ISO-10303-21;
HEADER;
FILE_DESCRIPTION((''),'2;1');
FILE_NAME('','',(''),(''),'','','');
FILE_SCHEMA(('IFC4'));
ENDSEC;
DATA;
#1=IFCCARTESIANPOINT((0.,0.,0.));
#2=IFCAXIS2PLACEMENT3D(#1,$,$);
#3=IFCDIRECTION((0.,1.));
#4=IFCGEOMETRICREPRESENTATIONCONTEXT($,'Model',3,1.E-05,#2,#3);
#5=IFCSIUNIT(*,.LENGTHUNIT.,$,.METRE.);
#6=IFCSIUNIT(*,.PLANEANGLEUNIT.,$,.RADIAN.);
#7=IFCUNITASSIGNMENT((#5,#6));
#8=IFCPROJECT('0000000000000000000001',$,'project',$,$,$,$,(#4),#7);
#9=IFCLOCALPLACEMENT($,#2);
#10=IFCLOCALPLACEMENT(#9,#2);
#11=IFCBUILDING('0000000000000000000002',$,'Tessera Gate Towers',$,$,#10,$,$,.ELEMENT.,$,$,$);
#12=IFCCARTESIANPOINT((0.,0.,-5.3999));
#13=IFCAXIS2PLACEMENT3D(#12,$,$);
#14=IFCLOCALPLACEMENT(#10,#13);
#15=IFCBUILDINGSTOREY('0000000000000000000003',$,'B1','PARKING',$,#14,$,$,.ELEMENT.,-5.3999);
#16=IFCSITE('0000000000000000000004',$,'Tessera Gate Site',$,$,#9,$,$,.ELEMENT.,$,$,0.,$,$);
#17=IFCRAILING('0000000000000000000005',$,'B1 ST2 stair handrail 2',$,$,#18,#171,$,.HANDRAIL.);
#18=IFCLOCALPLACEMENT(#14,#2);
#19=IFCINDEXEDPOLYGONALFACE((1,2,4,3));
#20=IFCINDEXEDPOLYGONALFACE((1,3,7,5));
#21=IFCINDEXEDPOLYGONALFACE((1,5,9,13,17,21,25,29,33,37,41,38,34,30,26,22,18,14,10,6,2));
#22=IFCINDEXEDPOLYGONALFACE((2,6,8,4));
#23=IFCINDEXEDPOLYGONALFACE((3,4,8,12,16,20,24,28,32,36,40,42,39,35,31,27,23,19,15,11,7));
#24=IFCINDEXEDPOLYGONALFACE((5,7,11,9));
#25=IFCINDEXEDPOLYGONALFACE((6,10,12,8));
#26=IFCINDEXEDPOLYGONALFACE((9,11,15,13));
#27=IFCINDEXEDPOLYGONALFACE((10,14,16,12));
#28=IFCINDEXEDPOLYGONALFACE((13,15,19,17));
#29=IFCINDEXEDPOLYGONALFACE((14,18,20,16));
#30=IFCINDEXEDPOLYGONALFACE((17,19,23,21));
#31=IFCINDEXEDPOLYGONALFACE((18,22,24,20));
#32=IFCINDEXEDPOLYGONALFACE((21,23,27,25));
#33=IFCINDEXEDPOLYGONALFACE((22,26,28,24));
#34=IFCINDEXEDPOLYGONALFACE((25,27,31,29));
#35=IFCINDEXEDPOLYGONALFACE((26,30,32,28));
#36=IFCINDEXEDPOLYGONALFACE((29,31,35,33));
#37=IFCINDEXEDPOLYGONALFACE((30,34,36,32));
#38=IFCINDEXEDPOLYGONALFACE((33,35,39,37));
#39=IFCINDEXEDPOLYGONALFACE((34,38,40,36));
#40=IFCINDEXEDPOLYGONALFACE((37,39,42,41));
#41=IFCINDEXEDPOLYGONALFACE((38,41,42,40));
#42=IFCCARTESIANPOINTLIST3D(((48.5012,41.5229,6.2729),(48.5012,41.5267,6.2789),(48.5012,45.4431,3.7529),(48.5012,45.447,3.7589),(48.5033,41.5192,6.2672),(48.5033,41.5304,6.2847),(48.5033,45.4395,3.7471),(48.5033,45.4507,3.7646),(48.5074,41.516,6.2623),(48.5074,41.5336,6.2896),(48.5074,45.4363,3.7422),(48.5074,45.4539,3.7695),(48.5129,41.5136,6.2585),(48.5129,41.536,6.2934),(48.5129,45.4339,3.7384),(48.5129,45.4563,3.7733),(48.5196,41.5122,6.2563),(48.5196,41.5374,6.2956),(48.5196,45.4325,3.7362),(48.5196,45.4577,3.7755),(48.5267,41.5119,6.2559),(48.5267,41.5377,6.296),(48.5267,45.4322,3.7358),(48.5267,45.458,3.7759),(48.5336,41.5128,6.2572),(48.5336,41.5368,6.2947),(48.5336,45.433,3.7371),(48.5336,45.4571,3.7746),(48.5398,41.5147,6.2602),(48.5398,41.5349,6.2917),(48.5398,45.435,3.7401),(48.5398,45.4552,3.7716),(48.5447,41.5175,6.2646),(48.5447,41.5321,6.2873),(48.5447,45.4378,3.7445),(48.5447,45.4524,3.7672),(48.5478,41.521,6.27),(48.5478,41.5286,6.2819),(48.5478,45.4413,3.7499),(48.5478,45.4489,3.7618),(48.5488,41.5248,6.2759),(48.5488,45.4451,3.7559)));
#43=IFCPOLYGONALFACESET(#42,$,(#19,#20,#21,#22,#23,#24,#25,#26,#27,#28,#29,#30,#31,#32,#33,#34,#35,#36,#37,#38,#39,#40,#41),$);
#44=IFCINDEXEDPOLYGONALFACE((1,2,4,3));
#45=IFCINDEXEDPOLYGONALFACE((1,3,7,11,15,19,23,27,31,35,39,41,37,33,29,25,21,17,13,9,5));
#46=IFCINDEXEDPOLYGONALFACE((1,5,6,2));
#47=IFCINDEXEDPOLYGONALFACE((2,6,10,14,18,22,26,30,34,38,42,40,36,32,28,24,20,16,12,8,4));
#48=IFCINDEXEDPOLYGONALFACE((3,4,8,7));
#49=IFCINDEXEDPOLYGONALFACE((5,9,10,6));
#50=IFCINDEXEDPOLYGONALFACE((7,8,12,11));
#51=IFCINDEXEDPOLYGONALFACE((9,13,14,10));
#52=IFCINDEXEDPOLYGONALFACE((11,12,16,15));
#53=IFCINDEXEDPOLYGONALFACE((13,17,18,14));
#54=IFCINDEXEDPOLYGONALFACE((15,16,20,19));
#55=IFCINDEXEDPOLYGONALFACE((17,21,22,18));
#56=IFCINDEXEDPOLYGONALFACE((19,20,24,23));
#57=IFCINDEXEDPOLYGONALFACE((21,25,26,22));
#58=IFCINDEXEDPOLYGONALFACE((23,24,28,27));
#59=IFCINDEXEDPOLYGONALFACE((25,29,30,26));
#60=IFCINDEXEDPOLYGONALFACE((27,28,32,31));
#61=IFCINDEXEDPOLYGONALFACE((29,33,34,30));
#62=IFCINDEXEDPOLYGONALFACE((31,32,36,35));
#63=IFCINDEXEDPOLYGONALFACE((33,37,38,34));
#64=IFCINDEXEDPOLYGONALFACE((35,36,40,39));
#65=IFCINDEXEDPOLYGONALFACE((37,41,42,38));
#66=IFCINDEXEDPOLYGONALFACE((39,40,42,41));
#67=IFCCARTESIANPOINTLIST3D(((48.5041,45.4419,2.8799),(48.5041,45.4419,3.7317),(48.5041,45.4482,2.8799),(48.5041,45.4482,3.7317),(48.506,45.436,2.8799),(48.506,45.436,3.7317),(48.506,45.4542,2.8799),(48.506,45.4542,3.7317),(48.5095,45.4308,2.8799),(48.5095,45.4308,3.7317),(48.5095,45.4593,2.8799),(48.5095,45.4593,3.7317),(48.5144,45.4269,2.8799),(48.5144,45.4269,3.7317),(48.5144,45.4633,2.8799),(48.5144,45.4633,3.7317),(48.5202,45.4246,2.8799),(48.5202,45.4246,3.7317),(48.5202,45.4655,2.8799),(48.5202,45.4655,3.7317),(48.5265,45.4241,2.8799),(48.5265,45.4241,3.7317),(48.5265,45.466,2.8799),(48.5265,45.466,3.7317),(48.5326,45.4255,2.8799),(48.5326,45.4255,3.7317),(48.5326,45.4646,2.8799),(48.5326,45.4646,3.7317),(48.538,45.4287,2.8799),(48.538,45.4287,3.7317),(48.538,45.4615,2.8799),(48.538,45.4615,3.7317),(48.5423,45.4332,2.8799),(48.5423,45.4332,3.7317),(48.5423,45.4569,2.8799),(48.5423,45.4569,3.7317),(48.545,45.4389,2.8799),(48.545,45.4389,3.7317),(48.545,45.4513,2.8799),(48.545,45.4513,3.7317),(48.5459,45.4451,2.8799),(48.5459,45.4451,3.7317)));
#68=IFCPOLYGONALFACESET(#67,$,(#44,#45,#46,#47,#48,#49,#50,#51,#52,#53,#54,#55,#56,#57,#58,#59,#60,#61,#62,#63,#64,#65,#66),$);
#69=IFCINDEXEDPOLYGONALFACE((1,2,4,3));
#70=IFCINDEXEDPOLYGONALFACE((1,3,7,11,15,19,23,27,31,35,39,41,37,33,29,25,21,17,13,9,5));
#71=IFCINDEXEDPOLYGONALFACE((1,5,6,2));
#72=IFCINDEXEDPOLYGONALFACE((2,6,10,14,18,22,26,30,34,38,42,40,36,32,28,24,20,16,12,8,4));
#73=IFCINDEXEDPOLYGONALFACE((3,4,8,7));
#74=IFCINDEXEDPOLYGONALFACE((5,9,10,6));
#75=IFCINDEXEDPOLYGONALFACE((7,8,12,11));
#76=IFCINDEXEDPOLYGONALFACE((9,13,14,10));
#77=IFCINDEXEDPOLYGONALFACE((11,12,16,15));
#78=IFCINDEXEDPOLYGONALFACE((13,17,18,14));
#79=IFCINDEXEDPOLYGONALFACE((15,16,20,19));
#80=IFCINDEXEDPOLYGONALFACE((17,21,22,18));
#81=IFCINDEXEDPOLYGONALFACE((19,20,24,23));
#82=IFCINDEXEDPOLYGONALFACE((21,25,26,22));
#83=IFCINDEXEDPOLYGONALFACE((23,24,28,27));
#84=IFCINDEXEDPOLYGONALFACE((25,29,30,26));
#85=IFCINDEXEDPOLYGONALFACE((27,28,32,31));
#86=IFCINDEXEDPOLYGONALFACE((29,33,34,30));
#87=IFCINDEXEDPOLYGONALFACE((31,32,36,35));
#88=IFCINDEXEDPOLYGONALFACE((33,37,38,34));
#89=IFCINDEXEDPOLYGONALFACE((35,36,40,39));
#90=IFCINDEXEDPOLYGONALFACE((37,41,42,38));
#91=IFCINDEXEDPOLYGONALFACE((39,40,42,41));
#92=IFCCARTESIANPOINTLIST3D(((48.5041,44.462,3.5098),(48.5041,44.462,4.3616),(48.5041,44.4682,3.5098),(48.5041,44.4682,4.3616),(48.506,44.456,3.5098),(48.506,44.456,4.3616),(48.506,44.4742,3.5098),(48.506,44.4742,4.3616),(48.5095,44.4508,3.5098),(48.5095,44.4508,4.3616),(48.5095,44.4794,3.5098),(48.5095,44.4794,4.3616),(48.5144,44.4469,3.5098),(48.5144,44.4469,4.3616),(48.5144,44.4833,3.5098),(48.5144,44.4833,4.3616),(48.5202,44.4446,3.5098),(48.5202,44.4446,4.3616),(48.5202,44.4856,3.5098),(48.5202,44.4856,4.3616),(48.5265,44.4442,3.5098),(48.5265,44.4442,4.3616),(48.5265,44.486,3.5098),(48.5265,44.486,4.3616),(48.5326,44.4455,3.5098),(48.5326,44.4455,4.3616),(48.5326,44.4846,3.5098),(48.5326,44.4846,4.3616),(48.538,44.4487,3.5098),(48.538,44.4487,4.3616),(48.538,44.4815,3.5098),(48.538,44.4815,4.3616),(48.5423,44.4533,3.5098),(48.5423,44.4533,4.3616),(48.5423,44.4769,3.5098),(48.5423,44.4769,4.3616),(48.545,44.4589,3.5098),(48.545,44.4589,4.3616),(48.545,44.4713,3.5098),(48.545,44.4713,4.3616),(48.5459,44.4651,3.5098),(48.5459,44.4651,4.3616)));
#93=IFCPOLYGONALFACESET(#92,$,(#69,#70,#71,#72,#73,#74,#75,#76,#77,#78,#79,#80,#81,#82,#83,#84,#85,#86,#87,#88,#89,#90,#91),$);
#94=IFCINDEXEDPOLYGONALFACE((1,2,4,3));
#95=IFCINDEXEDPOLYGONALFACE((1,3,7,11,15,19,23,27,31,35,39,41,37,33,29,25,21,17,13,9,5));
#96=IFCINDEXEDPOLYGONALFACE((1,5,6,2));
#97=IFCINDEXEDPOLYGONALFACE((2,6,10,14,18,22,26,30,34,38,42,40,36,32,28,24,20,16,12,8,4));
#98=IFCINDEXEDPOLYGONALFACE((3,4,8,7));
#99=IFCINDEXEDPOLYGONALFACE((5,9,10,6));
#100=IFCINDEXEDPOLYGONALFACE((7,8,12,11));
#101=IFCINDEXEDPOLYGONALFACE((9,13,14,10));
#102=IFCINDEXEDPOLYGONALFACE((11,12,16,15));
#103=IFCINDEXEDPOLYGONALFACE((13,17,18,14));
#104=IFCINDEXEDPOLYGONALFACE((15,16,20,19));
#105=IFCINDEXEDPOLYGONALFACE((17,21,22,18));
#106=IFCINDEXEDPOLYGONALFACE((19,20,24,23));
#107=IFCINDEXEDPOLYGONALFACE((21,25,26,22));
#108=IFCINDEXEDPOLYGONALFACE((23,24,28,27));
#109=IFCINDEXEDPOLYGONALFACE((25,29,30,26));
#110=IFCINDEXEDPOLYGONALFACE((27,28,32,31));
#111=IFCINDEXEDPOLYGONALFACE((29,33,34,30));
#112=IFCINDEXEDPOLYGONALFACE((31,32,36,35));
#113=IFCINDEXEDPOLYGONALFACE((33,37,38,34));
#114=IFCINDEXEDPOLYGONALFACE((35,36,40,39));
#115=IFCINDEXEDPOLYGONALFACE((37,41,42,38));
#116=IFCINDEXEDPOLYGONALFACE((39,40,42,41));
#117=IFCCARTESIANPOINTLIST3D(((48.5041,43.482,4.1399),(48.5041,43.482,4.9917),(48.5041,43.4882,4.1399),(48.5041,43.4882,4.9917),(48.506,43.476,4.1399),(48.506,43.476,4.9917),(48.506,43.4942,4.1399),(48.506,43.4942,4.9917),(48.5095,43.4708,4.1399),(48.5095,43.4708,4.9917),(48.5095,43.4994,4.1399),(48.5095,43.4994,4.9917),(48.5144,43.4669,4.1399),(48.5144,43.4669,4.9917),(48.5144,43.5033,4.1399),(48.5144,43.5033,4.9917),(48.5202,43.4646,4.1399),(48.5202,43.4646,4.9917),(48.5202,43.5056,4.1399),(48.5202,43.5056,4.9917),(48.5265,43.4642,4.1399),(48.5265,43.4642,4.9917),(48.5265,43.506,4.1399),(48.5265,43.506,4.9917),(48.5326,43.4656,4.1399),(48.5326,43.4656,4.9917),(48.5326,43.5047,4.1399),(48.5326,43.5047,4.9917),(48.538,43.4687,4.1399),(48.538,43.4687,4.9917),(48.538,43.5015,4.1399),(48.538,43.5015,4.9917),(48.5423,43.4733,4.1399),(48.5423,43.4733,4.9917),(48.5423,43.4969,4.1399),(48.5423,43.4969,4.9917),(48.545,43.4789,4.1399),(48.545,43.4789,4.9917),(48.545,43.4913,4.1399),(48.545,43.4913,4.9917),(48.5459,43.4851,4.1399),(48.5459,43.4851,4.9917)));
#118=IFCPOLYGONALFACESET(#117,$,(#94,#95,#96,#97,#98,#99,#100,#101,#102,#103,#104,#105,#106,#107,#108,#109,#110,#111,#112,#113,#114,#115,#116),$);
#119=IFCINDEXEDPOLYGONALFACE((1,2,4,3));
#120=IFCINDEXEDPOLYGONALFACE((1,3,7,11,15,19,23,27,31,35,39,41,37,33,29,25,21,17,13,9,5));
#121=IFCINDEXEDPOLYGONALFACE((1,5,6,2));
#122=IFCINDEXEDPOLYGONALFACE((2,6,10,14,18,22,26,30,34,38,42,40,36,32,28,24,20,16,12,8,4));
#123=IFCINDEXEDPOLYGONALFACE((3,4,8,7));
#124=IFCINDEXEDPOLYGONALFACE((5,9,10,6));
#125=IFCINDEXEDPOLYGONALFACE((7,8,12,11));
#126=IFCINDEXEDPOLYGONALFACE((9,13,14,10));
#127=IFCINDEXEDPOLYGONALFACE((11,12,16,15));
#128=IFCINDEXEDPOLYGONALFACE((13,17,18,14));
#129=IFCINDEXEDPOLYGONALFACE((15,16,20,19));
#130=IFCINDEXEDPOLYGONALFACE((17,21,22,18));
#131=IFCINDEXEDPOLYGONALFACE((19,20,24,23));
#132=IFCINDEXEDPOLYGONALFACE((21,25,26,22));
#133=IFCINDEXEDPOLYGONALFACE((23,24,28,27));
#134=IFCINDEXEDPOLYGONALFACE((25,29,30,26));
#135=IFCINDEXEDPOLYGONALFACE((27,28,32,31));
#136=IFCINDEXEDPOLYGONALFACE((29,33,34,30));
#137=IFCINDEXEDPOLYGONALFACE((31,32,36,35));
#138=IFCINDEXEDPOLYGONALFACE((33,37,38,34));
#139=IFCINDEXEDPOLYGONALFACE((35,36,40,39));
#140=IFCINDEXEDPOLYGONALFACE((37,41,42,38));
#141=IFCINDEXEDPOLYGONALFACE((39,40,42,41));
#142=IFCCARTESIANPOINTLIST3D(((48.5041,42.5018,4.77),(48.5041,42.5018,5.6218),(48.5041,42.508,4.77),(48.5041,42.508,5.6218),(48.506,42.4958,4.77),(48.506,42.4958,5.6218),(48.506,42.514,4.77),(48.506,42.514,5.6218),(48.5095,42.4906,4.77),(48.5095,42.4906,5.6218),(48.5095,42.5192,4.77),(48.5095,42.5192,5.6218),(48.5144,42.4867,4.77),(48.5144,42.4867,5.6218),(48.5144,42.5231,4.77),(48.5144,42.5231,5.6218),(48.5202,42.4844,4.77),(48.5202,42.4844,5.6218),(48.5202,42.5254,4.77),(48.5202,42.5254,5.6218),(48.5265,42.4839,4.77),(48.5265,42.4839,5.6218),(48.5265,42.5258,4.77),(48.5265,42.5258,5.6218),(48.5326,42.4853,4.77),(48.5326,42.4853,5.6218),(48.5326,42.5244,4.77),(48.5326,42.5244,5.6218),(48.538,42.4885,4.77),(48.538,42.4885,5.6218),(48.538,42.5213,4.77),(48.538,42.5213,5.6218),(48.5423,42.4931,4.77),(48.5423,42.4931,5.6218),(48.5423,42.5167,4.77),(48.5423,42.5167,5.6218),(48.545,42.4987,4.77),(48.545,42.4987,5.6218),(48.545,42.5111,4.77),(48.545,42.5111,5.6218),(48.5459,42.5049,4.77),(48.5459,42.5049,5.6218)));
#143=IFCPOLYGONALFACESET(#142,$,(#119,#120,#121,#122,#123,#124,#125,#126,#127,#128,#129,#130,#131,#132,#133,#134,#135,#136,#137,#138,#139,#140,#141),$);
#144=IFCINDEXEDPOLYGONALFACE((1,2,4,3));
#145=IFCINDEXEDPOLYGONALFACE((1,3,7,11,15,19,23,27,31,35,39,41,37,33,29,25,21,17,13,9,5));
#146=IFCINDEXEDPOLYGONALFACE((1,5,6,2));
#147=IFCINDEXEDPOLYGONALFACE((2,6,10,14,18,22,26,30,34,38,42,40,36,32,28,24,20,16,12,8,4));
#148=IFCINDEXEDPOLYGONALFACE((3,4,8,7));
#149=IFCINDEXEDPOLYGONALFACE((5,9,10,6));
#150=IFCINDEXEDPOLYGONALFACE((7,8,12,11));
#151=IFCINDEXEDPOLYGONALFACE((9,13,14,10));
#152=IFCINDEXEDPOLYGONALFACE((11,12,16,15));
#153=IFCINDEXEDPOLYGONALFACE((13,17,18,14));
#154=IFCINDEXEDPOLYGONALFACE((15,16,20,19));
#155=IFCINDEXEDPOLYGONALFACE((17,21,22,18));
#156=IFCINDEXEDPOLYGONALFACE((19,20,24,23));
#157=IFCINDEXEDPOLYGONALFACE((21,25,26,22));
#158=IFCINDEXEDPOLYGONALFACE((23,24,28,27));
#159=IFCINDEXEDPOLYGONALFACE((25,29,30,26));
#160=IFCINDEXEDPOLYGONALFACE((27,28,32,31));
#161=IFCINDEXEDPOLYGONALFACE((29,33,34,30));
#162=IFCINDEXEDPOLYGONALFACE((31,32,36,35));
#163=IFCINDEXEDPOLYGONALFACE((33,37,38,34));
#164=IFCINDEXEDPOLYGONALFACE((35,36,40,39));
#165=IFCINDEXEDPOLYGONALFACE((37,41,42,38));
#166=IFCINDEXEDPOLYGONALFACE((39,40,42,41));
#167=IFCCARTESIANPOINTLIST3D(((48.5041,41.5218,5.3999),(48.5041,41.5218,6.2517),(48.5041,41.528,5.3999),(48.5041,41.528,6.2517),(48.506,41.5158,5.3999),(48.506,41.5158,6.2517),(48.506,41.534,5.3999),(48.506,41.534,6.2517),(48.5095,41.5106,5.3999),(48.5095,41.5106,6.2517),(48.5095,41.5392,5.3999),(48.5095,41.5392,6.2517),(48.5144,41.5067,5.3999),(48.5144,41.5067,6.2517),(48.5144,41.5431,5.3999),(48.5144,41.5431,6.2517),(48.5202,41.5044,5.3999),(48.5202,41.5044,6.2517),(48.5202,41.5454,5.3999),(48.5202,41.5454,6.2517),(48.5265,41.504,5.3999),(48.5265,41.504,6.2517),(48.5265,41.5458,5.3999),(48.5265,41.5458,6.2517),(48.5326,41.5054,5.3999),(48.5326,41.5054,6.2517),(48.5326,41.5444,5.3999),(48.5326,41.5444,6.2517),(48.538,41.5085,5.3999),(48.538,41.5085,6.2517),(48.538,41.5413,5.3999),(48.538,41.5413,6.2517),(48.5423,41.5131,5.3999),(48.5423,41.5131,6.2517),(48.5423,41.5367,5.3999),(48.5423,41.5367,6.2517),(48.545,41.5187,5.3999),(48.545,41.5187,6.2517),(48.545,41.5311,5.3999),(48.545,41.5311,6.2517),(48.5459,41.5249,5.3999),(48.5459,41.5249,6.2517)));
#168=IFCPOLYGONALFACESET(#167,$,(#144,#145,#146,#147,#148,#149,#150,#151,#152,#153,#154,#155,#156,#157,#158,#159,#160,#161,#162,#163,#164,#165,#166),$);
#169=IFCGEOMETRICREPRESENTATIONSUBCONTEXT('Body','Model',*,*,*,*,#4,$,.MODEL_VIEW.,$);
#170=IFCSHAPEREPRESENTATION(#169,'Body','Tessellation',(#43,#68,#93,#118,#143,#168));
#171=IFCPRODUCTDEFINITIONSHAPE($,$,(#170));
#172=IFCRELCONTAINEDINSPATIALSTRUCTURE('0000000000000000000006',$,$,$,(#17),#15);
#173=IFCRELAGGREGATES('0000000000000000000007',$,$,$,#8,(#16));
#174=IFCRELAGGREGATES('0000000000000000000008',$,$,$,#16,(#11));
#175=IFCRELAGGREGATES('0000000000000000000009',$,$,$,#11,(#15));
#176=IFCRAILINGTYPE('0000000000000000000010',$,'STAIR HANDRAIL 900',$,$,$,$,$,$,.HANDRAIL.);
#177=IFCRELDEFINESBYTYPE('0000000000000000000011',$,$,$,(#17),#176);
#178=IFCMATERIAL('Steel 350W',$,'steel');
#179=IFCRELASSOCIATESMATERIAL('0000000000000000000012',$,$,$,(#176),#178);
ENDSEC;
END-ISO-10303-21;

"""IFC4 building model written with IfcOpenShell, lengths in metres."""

from ifc_helpers import new_model, si_unit, direction, frame, origin, origin_2d, place, context, subcontext, project, spatial, circle, extrude, material, type_object, element, save


model = new_model("IFC4")

# Units and contexts
model_context = context("Model", 3, precision=1e-05, world=origin(), true_north=direction((0.0, 1.0)))
body_context = subcontext(model_context, "Body", "Model", "MODEL_VIEW")
ifc_project = project(units=[si_unit("LENGTHUNIT", "METRE"), si_unit("PLANEANGLEUNIT", "RADIAN")], contexts=[model_context])

# Site, building, storey
site_placement = place(None, origin())
site = spatial("IfcSite", under=ifc_project, at=site_placement, Name="Tessera Gate Site", CompositionType="ELEMENT", RefElevation=0.0)
building_placement = place(site_placement, origin())
building = spatial("IfcBuilding", under=site, at=building_placement, Name="Tessera Gate Towers", CompositionType="ELEMENT")
storey_placement = place(building_placement, frame((0.0, 0.0, -5.3999)))
storey = spatial("IfcBuildingStorey", under=building, at=storey_placement, Name="B1", Description="PARKING", CompositionType="ELEMENT", Elevation=-5.3999)

# Railing
ifc_material_1 = material(Name="Steel 350W", Category="steel")
railing_type = type_object("IfcRailingType", Name="STAIR HANDRAIL 900", PredefinedType="HANDRAIL", material=ifc_material_1)
railing_placement = place(storey_placement, frame((48.5249, 45.4451, 2.8799)))
element("IfcRailing", 1, at=railing_placement, inside=storey, type_object=railing_type, Name="B1 ST2 stair handrail 2", PredefinedType="HANDRAIL", context=body_context, shape_type="SweptSolid", body=[
    extrude(circle(Radius=0.0239, at=origin_2d()), frame((0.0, 0.0, 0.876), z_axis=(0.0, -0.841187, 0.540744), x_axis=(1.0, 0.0, 0.0)), (0.0, 0.0, 1.0), 4.6604),
    extrude(circle(Radius=0.021, at=origin_2d()), origin(), (0.0, 0.0, 1.0), 0.8518),
    extrude(circle(Radius=0.021, at=origin_2d()), frame((0.0, -0.98, 0.6299)), (0.0, 0.0, 1.0), 0.8518),
    extrude(circle(Radius=0.021, at=origin_2d()), frame((0.0, -1.96, 1.26)), (0.0, 0.0, 1.0), 0.8518),
    extrude(circle(Radius=0.021, at=origin_2d()), frame((0.0, -2.9402, 1.8901)), (0.0, 0.0, 1.0), 0.8518),
    extrude(circle(Radius=0.021, at=origin_2d()), frame((0.0, -3.9202, 2.52)), (0.0, 0.0, 1.0), 0.8518),
])

save(model, "model.ifc")
